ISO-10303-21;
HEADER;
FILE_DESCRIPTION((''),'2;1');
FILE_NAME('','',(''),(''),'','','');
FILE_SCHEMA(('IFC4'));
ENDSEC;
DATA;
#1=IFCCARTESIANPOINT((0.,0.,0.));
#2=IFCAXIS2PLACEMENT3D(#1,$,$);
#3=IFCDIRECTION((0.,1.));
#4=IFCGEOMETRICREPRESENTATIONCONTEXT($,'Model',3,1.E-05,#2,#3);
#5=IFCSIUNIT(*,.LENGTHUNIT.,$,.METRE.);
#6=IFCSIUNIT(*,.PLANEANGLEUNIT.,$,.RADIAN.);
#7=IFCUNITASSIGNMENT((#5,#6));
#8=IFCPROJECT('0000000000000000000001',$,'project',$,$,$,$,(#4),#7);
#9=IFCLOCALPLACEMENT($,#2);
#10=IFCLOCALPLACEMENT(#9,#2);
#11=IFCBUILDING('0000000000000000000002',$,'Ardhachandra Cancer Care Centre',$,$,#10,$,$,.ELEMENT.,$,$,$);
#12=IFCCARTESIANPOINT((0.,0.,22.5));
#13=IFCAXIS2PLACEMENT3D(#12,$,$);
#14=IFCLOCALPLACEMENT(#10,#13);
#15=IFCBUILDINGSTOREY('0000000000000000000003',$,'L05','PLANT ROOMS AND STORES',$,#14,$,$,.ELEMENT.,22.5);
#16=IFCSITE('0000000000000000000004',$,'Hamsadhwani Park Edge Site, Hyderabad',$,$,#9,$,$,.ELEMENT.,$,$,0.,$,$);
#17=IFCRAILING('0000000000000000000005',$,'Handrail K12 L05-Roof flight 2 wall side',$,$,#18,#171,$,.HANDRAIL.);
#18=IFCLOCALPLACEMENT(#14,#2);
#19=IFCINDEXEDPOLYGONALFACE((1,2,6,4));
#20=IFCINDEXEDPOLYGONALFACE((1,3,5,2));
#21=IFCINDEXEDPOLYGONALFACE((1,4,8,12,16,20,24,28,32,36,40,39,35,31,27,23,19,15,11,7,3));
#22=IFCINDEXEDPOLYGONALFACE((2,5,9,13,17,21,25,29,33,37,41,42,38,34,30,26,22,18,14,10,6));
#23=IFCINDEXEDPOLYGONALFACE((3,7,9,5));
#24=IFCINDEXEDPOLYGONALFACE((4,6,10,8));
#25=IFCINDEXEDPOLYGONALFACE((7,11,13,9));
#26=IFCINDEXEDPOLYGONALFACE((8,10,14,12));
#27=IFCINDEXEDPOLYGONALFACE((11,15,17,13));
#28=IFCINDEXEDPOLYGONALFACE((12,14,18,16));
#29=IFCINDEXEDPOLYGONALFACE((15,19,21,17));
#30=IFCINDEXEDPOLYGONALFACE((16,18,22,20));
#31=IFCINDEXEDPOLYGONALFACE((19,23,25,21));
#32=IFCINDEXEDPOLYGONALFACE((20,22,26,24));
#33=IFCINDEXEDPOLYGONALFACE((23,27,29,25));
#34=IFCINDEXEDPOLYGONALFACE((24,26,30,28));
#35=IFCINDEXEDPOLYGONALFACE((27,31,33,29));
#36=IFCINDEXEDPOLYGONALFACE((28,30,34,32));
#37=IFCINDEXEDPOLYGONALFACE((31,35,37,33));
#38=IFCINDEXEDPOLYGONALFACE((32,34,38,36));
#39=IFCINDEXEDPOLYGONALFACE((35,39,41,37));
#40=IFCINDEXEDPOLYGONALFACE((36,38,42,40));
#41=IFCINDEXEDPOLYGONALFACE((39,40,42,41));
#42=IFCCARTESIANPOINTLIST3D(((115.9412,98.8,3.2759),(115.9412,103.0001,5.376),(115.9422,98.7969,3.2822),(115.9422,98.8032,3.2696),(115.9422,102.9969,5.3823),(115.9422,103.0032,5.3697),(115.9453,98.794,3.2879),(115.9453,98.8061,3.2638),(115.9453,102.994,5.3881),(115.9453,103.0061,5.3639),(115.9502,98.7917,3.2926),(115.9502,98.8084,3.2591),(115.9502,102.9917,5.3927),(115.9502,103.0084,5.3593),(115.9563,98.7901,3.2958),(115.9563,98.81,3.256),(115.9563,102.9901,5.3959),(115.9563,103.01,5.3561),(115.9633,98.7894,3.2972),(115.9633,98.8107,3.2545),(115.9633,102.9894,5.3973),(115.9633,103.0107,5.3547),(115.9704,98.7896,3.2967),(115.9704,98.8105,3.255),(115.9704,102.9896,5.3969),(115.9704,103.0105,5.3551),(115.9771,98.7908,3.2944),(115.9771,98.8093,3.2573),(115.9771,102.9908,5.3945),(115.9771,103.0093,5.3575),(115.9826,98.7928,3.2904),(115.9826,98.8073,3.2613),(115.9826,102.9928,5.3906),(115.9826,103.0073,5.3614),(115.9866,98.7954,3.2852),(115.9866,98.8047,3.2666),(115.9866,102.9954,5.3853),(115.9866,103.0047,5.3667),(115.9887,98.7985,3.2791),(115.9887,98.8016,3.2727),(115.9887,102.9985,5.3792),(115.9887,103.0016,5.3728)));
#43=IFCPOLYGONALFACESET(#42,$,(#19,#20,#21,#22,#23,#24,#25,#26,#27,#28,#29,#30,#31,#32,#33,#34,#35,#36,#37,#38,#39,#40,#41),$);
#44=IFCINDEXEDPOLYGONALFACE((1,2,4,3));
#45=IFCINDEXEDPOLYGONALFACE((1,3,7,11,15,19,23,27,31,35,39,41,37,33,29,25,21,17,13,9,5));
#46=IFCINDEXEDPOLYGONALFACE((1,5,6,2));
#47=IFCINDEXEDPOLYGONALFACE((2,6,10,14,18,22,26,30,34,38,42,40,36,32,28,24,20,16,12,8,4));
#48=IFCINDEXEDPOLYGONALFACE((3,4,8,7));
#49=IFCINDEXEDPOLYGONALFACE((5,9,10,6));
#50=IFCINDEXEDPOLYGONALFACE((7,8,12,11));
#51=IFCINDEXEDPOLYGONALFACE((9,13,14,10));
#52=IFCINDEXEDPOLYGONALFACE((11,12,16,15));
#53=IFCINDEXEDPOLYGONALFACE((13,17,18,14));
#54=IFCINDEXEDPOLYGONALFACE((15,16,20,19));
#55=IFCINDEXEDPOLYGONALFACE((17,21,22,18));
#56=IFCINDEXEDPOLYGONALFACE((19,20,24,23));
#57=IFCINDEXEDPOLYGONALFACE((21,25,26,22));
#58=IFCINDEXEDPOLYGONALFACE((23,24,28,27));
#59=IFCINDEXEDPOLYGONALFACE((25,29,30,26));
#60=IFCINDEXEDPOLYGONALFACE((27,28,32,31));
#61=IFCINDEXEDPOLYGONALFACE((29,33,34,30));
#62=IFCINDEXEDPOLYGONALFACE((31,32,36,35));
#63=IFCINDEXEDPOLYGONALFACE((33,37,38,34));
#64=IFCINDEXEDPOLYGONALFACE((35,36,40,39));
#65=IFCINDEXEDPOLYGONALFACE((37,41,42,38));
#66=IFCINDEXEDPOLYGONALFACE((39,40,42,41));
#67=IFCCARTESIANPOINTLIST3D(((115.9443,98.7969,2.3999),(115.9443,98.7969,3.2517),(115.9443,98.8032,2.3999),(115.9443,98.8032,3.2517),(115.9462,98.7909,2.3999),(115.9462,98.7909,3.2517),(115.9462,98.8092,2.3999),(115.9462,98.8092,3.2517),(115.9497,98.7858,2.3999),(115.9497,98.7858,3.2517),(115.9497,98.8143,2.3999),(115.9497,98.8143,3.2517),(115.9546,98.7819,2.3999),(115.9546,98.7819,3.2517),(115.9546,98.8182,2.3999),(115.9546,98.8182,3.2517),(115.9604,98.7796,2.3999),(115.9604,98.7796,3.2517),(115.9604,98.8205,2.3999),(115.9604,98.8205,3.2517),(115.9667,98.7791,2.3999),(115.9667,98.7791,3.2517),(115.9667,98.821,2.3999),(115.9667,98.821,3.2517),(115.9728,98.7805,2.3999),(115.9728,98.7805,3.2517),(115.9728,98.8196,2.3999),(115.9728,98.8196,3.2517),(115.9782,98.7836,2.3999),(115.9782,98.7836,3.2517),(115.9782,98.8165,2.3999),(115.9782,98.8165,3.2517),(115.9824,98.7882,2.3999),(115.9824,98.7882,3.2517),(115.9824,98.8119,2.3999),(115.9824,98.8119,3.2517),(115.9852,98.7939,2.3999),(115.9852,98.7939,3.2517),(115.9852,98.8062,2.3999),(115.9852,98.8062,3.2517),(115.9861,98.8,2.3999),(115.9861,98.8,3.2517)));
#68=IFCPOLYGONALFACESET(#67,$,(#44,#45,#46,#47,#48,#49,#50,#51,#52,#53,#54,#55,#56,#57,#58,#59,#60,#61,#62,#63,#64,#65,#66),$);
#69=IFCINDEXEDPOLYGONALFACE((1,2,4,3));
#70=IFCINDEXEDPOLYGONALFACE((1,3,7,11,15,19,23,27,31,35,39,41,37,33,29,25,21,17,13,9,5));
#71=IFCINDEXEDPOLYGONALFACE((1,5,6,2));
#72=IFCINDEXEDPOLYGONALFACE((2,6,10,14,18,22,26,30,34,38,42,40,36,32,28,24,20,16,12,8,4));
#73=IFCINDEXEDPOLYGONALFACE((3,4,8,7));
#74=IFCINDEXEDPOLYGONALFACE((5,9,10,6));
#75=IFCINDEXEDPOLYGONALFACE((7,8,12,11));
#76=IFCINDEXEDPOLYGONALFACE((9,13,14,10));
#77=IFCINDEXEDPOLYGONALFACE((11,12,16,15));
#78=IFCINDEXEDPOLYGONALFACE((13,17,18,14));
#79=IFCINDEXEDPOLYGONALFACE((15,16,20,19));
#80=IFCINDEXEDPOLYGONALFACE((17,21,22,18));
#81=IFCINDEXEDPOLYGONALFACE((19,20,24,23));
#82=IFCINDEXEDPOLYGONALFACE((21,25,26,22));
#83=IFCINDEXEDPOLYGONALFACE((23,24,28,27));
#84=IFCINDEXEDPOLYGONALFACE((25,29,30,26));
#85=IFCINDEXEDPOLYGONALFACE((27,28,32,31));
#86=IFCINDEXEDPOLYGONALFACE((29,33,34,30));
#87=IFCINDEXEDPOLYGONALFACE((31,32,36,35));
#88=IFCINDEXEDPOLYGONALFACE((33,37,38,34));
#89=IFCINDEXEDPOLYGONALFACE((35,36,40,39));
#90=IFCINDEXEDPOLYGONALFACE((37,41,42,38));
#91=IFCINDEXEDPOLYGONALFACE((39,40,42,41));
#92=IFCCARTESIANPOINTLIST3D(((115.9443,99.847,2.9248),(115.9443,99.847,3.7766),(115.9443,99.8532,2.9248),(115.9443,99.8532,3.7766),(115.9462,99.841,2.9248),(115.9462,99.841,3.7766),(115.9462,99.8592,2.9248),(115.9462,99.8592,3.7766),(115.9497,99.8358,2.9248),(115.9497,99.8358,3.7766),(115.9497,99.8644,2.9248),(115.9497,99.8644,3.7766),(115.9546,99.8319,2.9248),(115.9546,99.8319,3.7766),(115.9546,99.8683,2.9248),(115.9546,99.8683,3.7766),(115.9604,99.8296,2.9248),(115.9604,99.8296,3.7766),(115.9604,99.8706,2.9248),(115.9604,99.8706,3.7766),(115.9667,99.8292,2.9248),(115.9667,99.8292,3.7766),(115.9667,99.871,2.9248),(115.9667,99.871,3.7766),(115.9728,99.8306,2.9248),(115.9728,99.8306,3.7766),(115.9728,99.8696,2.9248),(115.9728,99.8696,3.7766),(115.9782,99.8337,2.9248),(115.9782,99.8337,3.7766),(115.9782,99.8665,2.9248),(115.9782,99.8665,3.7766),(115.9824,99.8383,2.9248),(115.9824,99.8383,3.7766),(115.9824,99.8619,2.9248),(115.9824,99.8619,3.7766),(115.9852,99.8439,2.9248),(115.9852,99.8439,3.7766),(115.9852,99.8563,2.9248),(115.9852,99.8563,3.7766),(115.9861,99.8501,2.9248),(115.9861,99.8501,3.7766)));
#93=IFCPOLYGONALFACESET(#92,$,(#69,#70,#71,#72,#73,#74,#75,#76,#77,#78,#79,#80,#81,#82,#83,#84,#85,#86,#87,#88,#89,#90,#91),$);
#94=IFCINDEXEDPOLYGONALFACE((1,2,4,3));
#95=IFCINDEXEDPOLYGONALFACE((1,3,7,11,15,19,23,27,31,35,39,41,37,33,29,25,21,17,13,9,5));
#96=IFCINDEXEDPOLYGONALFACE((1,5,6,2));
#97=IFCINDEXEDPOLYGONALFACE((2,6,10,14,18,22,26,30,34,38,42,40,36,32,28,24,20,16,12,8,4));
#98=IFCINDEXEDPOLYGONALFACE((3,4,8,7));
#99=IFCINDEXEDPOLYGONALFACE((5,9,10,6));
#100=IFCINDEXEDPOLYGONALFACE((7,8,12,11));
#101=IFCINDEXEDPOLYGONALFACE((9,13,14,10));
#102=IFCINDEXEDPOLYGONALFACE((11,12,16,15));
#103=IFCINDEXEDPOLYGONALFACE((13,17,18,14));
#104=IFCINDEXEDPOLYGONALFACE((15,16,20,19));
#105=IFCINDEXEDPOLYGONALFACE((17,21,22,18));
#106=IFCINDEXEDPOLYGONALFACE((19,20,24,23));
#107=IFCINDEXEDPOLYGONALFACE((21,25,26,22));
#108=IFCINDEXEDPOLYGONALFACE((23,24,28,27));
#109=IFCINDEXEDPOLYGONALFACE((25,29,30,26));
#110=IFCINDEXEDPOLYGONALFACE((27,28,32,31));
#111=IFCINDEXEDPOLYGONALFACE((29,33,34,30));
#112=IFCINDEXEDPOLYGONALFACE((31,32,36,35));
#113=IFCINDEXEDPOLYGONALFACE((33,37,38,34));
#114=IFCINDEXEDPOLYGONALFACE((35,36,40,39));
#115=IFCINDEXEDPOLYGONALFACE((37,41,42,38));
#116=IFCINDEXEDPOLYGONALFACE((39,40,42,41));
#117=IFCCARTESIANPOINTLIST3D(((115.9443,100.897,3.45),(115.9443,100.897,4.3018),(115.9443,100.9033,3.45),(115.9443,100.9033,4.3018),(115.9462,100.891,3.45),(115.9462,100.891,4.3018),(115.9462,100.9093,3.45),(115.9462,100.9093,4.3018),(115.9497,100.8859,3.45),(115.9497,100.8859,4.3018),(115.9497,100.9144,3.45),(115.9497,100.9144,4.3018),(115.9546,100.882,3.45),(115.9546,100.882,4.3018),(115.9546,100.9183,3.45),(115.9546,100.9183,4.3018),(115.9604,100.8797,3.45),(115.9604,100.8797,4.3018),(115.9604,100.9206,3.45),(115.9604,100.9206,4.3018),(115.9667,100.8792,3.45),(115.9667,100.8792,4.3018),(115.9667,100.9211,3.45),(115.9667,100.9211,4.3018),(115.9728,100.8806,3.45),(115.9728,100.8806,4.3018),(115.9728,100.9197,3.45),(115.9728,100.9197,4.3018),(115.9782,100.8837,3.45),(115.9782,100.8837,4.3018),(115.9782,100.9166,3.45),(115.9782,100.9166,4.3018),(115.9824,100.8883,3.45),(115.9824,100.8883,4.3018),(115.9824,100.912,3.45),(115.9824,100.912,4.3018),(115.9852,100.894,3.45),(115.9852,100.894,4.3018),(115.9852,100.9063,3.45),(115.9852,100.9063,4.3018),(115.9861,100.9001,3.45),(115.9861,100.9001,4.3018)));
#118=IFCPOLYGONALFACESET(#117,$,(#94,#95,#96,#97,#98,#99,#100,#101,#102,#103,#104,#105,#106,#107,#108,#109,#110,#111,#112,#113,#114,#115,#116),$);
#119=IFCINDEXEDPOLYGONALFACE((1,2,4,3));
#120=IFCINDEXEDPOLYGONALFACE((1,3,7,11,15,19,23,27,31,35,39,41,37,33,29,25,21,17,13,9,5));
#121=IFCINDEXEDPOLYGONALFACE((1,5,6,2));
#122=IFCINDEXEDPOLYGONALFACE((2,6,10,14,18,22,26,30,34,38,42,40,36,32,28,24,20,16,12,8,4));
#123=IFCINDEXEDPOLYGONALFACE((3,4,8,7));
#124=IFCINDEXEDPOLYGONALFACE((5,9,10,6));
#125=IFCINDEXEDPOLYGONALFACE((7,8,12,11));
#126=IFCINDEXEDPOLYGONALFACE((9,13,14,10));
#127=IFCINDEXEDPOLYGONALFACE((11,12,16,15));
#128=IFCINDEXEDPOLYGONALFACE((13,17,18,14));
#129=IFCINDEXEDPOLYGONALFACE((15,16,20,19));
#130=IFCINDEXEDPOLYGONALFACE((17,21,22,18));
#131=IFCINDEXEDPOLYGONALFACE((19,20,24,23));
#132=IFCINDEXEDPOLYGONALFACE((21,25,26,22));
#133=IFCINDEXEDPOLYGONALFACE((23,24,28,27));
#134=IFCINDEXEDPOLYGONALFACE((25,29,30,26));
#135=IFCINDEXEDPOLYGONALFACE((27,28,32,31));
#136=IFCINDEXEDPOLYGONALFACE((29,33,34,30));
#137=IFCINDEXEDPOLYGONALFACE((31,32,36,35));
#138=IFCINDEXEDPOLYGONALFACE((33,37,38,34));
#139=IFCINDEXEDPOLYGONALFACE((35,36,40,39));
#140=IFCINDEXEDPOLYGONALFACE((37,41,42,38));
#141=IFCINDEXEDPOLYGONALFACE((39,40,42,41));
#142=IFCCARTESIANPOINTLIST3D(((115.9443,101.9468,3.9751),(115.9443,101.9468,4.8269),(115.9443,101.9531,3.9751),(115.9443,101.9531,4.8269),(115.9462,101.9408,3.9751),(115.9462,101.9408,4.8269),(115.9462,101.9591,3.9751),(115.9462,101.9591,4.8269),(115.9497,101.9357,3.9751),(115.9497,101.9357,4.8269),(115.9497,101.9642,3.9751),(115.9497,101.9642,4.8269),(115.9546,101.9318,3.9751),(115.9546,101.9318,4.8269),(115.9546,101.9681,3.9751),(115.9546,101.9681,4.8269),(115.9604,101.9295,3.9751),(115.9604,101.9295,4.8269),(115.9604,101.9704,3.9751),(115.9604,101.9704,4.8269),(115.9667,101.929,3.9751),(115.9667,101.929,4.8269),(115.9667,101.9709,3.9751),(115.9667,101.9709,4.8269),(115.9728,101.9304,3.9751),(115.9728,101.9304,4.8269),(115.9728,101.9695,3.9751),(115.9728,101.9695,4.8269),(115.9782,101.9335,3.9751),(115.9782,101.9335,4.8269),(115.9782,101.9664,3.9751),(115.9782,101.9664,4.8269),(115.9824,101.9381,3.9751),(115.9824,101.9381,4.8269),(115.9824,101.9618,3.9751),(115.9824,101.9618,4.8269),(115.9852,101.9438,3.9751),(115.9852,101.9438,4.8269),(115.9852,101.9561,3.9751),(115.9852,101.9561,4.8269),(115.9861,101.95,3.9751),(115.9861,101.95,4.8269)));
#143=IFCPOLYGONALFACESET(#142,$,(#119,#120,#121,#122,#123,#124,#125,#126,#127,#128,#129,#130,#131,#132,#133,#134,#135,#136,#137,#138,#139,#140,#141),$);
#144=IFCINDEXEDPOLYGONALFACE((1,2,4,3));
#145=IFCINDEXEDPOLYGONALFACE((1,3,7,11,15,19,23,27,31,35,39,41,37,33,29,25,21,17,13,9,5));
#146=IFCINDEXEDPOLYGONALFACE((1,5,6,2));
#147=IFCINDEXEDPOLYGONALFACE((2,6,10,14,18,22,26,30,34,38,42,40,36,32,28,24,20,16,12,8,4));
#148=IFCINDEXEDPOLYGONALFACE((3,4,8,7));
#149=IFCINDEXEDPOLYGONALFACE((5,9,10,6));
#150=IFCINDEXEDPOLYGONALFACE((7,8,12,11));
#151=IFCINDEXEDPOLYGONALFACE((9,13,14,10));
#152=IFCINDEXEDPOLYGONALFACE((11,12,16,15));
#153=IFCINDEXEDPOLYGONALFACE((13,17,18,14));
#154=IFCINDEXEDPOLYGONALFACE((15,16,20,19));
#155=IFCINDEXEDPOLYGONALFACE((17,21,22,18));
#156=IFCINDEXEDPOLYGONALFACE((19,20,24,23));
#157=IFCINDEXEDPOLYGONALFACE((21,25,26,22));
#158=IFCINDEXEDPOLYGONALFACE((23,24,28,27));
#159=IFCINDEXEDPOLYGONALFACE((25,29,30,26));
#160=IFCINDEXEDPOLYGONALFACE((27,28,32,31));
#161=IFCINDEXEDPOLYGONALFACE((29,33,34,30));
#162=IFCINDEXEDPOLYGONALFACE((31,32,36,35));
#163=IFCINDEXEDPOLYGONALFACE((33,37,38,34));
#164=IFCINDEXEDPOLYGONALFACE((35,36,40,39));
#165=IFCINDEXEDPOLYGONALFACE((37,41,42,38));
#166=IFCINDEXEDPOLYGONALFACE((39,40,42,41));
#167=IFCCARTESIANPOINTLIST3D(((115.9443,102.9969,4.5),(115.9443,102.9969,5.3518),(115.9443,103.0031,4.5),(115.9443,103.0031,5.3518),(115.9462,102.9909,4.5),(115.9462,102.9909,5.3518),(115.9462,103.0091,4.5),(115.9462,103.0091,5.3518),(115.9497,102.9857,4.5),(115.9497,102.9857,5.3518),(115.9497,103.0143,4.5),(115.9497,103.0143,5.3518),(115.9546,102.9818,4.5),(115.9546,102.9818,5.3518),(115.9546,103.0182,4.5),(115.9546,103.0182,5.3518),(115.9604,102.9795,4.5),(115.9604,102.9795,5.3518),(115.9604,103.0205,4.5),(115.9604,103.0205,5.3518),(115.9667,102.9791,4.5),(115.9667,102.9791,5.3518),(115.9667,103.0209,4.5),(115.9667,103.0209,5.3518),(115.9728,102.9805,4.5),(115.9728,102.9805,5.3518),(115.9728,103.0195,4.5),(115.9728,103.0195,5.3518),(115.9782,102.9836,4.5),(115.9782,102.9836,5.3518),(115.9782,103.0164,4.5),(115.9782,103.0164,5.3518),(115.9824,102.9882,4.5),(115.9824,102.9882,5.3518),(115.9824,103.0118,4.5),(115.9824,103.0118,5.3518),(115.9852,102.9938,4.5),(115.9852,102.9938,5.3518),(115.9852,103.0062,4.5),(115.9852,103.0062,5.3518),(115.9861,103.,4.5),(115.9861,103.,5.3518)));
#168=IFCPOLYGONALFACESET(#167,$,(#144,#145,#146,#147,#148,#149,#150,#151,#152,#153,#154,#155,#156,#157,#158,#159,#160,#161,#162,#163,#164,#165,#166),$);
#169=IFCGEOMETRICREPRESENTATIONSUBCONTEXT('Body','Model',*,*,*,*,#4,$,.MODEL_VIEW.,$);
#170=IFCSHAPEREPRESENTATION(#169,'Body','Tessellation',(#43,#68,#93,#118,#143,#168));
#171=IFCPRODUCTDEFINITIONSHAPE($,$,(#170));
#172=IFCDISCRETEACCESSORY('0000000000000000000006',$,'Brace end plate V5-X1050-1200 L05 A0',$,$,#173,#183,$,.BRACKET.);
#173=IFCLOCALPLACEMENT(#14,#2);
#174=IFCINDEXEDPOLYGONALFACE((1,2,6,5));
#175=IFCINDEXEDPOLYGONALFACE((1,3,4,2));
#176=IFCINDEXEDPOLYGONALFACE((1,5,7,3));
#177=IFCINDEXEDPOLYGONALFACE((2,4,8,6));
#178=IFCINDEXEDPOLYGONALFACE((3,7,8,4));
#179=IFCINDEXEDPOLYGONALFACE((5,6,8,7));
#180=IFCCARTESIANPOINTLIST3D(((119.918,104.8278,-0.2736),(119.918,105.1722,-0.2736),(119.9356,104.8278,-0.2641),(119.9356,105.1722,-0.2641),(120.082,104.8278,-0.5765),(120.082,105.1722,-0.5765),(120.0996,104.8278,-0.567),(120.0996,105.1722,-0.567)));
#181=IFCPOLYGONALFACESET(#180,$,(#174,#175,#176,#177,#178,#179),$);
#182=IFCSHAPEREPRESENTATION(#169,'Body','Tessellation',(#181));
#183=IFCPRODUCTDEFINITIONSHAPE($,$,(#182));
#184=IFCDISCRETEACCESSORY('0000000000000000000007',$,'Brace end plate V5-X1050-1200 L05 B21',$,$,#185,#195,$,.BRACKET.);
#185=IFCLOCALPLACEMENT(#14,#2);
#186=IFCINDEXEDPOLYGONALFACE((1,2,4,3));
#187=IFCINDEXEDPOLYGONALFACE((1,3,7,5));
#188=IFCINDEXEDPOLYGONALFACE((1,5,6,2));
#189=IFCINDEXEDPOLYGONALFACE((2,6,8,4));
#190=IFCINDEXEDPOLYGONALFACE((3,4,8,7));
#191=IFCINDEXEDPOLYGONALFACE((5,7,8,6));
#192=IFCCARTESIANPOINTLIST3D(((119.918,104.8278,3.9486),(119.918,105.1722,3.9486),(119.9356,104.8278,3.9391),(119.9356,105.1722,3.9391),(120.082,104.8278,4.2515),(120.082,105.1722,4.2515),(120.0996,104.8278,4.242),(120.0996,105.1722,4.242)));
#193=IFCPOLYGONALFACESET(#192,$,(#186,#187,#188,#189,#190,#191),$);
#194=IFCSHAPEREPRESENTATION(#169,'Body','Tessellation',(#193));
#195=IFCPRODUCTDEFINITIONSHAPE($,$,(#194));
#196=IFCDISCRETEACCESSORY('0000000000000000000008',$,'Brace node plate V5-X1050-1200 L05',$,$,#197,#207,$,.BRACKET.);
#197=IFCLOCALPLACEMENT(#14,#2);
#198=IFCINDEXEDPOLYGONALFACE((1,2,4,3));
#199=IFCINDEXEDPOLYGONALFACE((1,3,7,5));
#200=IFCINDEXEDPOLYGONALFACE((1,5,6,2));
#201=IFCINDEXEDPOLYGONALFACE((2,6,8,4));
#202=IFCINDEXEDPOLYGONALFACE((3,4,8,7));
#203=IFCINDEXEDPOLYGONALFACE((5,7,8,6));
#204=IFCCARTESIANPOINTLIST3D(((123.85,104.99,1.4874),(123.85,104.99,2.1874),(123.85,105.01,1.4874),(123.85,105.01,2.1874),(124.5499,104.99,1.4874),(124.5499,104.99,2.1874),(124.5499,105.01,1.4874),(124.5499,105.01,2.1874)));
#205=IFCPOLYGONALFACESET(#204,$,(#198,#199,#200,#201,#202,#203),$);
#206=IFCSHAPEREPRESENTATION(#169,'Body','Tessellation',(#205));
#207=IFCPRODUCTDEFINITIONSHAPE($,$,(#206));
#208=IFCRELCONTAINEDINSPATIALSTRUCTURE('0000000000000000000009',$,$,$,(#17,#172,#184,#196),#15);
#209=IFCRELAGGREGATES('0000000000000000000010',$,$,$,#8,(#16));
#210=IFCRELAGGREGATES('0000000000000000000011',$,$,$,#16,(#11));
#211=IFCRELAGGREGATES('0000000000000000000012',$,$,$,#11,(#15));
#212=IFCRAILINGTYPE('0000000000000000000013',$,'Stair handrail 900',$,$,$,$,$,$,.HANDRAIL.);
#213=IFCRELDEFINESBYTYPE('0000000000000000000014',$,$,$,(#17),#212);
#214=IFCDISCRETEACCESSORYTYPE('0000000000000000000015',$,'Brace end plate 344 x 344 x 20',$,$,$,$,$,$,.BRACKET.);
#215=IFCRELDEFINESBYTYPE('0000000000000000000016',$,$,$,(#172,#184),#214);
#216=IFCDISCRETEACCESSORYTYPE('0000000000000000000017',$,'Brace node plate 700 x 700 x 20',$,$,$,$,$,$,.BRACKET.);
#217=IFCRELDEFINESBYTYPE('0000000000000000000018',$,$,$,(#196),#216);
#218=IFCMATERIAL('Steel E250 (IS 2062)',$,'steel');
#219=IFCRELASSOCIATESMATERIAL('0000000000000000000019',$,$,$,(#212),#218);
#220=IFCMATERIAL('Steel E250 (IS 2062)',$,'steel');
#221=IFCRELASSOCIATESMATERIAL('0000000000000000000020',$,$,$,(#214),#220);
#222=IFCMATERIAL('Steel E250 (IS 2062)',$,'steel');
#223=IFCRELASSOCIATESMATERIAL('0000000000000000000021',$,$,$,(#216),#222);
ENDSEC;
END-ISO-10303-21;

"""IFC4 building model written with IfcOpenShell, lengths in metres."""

from ifc_helpers import new_model, si_unit, direction, frame, origin, origin_2d, place, context, subcontext, project, spatial, rectangle, circle, extrude, material, material_profile, profile_set, type_object, element, save


model = new_model("IFC4")

# Units and contexts
model_context = context("Model", 3, precision=1e-05, world=origin(), true_north=direction((0.0, 1.0)))
body_context = subcontext(model_context, "Body", "Model", "MODEL_VIEW")
ifc_project = project(units=[si_unit("LENGTHUNIT", "METRE"), si_unit("PLANEANGLEUNIT", "RADIAN")], contexts=[model_context])

# Site, building, storey
site_placement = place(None, origin())
site = spatial("IfcSite", under=ifc_project, at=site_placement, Name="Hamsadhwani Park Edge Site, Hyderabad", CompositionType="ELEMENT", RefElevation=0.0)
building_placement = place(site_placement, origin())
building = spatial("IfcBuilding", under=site, at=building_placement, Name="Ardhachandra Cancer Care Centre", CompositionType="ELEMENT")
storey_placement = place(building_placement, frame((0.0, 0.0, 22.5)))
storey = spatial("IfcBuildingStorey", under=building, at=storey_placement, Name="L05", Description="PLANT ROOMS AND STORES", CompositionType="ELEMENT", Elevation=22.5)

# Railing
ifc_material_1 = material(Name="Steel E250 (IS 2062)", Category="steel")
railing_type = type_object("IfcRailingType", Name="Stair handrail 900", PredefinedType="HANDRAIL", material=ifc_material_1)
for number, where, name in (
    (1, (115.9651, 98.8, 2.3999), "Handrail K12 L05-Roof flight 2 wall side"),
):
    element("IfcRailing", number, at=place(storey_placement, frame(where)), inside=storey, type_object=railing_type, Name=name, PredefinedType="HANDRAIL", context=body_context, shape_type="SweptSolid", body=[
        extrude(circle(Radius=0.0239, at=origin_2d()), frame((0.0, 0.0, 0.876), z_axis=(0.0, 0.894417, 0.447234), x_axis=(-1.0, 0.0, 0.0)), (0.0, 0.0, 1.0), 4.6958),
        extrude(circle(Radius=0.021, at=origin_2d()), origin(), (0.0, 0.0, 1.0), 0.8518),
        extrude(circle(Radius=0.021, at=origin_2d()), frame((0.0, 1.05, 0.5249)), (0.0, 0.0, 1.0), 0.8518),
        extrude(circle(Radius=0.021, at=origin_2d()), frame((0.0, 2.1001, 1.05)), (0.0, 0.0, 1.0), 0.8518),
        extrude(circle(Radius=0.021, at=origin_2d()), frame((0.0, 3.1499, 1.5752)), (0.0, 0.0, 1.0), 0.8518),
        extrude(circle(Radius=0.021, at=origin_2d()), frame((0.0, 4.2, 2.1001)), (0.0, 0.0, 1.0), 0.8518),
    ])

# Discrete accessories
ifc_material_2 = material(Name="Steel E250 (IS 2062)", Category="steel")
ifc_material_profile_1 = material_profile(ifc_material_2, rectangle(XDim=0.3445, YDim=0.3445, at=origin_2d()), Name="PL 344x344x20")
ifc_profile_set_1 = profile_set([ifc_material_profile_1], Name="Steel E250 (IS 2062)")
discrete_accessory_type_1 = type_object("IfcDiscreteAccessoryType", Name="Brace end plate 344 x 344 x 20", PredefinedType="BRACKET", material=ifc_profile_set_1)
for number, where, z_axis, x_axis, name in (
    (2, (120.0, 105.0, -0.425), (0.879292, 0.0, 0.476283), (0.0, 1.0, 0.0), "Brace end plate V5-X1050-1200 L05 A0"),
    (3, (120.0, 105.0, 4.1001), (0.879292, 0.0, -0.476283), (0.0, 1.0, 0.0), "Brace end plate V5-X1050-1200 L05 B21"),
):
    element("IfcDiscreteAccessory", number, at=place(storey_placement, frame(where, z_axis=z_axis, x_axis=x_axis)), inside=storey, type_object=discrete_accessory_type_1, Name=name, PredefinedType="BRACKET", context=body_context, shape_type="SweptSolid", body=[
        extrude(rectangle(XDim=0.3445, YDim=0.3445, at=origin_2d()), origin(), (0.0, 0.0, 1.0), 0.02),
    ])
ifc_material_3 = material(Name="Steel E250 (IS 2062)", Category="steel")
ifc_material_profile_2 = material_profile(ifc_material_3, rectangle(XDim=0.7, YDim=0.7, at=origin_2d()), Name="PL 700x700x20")
ifc_profile_set_2 = profile_set([ifc_material_profile_2], Name="Steel E250 (IS 2062)")
discrete_accessory_type_2 = type_object("IfcDiscreteAccessoryType", Name="Brace node plate 700 x 700 x 20", PredefinedType="BRACKET", material=ifc_profile_set_2)
discrete_accessory_placement = place(storey_placement, frame((124.2, 104.99, 1.8374), z_axis=(0.0, 1.0, 0.0), x_axis=(-1.0, 0.0, 0.0)))
element("IfcDiscreteAccessory", 4, at=discrete_accessory_placement, inside=storey, type_object=discrete_accessory_type_2, Name="Brace node plate V5-X1050-1200 L05", PredefinedType="BRACKET", context=body_context, shape_type="SweptSolid", body=[
    extrude(rectangle(XDim=0.7, YDim=0.7, at=origin_2d()), origin(), (0.0, 0.0, 1.0), 0.02),
])

save(model, "model.ifc")
